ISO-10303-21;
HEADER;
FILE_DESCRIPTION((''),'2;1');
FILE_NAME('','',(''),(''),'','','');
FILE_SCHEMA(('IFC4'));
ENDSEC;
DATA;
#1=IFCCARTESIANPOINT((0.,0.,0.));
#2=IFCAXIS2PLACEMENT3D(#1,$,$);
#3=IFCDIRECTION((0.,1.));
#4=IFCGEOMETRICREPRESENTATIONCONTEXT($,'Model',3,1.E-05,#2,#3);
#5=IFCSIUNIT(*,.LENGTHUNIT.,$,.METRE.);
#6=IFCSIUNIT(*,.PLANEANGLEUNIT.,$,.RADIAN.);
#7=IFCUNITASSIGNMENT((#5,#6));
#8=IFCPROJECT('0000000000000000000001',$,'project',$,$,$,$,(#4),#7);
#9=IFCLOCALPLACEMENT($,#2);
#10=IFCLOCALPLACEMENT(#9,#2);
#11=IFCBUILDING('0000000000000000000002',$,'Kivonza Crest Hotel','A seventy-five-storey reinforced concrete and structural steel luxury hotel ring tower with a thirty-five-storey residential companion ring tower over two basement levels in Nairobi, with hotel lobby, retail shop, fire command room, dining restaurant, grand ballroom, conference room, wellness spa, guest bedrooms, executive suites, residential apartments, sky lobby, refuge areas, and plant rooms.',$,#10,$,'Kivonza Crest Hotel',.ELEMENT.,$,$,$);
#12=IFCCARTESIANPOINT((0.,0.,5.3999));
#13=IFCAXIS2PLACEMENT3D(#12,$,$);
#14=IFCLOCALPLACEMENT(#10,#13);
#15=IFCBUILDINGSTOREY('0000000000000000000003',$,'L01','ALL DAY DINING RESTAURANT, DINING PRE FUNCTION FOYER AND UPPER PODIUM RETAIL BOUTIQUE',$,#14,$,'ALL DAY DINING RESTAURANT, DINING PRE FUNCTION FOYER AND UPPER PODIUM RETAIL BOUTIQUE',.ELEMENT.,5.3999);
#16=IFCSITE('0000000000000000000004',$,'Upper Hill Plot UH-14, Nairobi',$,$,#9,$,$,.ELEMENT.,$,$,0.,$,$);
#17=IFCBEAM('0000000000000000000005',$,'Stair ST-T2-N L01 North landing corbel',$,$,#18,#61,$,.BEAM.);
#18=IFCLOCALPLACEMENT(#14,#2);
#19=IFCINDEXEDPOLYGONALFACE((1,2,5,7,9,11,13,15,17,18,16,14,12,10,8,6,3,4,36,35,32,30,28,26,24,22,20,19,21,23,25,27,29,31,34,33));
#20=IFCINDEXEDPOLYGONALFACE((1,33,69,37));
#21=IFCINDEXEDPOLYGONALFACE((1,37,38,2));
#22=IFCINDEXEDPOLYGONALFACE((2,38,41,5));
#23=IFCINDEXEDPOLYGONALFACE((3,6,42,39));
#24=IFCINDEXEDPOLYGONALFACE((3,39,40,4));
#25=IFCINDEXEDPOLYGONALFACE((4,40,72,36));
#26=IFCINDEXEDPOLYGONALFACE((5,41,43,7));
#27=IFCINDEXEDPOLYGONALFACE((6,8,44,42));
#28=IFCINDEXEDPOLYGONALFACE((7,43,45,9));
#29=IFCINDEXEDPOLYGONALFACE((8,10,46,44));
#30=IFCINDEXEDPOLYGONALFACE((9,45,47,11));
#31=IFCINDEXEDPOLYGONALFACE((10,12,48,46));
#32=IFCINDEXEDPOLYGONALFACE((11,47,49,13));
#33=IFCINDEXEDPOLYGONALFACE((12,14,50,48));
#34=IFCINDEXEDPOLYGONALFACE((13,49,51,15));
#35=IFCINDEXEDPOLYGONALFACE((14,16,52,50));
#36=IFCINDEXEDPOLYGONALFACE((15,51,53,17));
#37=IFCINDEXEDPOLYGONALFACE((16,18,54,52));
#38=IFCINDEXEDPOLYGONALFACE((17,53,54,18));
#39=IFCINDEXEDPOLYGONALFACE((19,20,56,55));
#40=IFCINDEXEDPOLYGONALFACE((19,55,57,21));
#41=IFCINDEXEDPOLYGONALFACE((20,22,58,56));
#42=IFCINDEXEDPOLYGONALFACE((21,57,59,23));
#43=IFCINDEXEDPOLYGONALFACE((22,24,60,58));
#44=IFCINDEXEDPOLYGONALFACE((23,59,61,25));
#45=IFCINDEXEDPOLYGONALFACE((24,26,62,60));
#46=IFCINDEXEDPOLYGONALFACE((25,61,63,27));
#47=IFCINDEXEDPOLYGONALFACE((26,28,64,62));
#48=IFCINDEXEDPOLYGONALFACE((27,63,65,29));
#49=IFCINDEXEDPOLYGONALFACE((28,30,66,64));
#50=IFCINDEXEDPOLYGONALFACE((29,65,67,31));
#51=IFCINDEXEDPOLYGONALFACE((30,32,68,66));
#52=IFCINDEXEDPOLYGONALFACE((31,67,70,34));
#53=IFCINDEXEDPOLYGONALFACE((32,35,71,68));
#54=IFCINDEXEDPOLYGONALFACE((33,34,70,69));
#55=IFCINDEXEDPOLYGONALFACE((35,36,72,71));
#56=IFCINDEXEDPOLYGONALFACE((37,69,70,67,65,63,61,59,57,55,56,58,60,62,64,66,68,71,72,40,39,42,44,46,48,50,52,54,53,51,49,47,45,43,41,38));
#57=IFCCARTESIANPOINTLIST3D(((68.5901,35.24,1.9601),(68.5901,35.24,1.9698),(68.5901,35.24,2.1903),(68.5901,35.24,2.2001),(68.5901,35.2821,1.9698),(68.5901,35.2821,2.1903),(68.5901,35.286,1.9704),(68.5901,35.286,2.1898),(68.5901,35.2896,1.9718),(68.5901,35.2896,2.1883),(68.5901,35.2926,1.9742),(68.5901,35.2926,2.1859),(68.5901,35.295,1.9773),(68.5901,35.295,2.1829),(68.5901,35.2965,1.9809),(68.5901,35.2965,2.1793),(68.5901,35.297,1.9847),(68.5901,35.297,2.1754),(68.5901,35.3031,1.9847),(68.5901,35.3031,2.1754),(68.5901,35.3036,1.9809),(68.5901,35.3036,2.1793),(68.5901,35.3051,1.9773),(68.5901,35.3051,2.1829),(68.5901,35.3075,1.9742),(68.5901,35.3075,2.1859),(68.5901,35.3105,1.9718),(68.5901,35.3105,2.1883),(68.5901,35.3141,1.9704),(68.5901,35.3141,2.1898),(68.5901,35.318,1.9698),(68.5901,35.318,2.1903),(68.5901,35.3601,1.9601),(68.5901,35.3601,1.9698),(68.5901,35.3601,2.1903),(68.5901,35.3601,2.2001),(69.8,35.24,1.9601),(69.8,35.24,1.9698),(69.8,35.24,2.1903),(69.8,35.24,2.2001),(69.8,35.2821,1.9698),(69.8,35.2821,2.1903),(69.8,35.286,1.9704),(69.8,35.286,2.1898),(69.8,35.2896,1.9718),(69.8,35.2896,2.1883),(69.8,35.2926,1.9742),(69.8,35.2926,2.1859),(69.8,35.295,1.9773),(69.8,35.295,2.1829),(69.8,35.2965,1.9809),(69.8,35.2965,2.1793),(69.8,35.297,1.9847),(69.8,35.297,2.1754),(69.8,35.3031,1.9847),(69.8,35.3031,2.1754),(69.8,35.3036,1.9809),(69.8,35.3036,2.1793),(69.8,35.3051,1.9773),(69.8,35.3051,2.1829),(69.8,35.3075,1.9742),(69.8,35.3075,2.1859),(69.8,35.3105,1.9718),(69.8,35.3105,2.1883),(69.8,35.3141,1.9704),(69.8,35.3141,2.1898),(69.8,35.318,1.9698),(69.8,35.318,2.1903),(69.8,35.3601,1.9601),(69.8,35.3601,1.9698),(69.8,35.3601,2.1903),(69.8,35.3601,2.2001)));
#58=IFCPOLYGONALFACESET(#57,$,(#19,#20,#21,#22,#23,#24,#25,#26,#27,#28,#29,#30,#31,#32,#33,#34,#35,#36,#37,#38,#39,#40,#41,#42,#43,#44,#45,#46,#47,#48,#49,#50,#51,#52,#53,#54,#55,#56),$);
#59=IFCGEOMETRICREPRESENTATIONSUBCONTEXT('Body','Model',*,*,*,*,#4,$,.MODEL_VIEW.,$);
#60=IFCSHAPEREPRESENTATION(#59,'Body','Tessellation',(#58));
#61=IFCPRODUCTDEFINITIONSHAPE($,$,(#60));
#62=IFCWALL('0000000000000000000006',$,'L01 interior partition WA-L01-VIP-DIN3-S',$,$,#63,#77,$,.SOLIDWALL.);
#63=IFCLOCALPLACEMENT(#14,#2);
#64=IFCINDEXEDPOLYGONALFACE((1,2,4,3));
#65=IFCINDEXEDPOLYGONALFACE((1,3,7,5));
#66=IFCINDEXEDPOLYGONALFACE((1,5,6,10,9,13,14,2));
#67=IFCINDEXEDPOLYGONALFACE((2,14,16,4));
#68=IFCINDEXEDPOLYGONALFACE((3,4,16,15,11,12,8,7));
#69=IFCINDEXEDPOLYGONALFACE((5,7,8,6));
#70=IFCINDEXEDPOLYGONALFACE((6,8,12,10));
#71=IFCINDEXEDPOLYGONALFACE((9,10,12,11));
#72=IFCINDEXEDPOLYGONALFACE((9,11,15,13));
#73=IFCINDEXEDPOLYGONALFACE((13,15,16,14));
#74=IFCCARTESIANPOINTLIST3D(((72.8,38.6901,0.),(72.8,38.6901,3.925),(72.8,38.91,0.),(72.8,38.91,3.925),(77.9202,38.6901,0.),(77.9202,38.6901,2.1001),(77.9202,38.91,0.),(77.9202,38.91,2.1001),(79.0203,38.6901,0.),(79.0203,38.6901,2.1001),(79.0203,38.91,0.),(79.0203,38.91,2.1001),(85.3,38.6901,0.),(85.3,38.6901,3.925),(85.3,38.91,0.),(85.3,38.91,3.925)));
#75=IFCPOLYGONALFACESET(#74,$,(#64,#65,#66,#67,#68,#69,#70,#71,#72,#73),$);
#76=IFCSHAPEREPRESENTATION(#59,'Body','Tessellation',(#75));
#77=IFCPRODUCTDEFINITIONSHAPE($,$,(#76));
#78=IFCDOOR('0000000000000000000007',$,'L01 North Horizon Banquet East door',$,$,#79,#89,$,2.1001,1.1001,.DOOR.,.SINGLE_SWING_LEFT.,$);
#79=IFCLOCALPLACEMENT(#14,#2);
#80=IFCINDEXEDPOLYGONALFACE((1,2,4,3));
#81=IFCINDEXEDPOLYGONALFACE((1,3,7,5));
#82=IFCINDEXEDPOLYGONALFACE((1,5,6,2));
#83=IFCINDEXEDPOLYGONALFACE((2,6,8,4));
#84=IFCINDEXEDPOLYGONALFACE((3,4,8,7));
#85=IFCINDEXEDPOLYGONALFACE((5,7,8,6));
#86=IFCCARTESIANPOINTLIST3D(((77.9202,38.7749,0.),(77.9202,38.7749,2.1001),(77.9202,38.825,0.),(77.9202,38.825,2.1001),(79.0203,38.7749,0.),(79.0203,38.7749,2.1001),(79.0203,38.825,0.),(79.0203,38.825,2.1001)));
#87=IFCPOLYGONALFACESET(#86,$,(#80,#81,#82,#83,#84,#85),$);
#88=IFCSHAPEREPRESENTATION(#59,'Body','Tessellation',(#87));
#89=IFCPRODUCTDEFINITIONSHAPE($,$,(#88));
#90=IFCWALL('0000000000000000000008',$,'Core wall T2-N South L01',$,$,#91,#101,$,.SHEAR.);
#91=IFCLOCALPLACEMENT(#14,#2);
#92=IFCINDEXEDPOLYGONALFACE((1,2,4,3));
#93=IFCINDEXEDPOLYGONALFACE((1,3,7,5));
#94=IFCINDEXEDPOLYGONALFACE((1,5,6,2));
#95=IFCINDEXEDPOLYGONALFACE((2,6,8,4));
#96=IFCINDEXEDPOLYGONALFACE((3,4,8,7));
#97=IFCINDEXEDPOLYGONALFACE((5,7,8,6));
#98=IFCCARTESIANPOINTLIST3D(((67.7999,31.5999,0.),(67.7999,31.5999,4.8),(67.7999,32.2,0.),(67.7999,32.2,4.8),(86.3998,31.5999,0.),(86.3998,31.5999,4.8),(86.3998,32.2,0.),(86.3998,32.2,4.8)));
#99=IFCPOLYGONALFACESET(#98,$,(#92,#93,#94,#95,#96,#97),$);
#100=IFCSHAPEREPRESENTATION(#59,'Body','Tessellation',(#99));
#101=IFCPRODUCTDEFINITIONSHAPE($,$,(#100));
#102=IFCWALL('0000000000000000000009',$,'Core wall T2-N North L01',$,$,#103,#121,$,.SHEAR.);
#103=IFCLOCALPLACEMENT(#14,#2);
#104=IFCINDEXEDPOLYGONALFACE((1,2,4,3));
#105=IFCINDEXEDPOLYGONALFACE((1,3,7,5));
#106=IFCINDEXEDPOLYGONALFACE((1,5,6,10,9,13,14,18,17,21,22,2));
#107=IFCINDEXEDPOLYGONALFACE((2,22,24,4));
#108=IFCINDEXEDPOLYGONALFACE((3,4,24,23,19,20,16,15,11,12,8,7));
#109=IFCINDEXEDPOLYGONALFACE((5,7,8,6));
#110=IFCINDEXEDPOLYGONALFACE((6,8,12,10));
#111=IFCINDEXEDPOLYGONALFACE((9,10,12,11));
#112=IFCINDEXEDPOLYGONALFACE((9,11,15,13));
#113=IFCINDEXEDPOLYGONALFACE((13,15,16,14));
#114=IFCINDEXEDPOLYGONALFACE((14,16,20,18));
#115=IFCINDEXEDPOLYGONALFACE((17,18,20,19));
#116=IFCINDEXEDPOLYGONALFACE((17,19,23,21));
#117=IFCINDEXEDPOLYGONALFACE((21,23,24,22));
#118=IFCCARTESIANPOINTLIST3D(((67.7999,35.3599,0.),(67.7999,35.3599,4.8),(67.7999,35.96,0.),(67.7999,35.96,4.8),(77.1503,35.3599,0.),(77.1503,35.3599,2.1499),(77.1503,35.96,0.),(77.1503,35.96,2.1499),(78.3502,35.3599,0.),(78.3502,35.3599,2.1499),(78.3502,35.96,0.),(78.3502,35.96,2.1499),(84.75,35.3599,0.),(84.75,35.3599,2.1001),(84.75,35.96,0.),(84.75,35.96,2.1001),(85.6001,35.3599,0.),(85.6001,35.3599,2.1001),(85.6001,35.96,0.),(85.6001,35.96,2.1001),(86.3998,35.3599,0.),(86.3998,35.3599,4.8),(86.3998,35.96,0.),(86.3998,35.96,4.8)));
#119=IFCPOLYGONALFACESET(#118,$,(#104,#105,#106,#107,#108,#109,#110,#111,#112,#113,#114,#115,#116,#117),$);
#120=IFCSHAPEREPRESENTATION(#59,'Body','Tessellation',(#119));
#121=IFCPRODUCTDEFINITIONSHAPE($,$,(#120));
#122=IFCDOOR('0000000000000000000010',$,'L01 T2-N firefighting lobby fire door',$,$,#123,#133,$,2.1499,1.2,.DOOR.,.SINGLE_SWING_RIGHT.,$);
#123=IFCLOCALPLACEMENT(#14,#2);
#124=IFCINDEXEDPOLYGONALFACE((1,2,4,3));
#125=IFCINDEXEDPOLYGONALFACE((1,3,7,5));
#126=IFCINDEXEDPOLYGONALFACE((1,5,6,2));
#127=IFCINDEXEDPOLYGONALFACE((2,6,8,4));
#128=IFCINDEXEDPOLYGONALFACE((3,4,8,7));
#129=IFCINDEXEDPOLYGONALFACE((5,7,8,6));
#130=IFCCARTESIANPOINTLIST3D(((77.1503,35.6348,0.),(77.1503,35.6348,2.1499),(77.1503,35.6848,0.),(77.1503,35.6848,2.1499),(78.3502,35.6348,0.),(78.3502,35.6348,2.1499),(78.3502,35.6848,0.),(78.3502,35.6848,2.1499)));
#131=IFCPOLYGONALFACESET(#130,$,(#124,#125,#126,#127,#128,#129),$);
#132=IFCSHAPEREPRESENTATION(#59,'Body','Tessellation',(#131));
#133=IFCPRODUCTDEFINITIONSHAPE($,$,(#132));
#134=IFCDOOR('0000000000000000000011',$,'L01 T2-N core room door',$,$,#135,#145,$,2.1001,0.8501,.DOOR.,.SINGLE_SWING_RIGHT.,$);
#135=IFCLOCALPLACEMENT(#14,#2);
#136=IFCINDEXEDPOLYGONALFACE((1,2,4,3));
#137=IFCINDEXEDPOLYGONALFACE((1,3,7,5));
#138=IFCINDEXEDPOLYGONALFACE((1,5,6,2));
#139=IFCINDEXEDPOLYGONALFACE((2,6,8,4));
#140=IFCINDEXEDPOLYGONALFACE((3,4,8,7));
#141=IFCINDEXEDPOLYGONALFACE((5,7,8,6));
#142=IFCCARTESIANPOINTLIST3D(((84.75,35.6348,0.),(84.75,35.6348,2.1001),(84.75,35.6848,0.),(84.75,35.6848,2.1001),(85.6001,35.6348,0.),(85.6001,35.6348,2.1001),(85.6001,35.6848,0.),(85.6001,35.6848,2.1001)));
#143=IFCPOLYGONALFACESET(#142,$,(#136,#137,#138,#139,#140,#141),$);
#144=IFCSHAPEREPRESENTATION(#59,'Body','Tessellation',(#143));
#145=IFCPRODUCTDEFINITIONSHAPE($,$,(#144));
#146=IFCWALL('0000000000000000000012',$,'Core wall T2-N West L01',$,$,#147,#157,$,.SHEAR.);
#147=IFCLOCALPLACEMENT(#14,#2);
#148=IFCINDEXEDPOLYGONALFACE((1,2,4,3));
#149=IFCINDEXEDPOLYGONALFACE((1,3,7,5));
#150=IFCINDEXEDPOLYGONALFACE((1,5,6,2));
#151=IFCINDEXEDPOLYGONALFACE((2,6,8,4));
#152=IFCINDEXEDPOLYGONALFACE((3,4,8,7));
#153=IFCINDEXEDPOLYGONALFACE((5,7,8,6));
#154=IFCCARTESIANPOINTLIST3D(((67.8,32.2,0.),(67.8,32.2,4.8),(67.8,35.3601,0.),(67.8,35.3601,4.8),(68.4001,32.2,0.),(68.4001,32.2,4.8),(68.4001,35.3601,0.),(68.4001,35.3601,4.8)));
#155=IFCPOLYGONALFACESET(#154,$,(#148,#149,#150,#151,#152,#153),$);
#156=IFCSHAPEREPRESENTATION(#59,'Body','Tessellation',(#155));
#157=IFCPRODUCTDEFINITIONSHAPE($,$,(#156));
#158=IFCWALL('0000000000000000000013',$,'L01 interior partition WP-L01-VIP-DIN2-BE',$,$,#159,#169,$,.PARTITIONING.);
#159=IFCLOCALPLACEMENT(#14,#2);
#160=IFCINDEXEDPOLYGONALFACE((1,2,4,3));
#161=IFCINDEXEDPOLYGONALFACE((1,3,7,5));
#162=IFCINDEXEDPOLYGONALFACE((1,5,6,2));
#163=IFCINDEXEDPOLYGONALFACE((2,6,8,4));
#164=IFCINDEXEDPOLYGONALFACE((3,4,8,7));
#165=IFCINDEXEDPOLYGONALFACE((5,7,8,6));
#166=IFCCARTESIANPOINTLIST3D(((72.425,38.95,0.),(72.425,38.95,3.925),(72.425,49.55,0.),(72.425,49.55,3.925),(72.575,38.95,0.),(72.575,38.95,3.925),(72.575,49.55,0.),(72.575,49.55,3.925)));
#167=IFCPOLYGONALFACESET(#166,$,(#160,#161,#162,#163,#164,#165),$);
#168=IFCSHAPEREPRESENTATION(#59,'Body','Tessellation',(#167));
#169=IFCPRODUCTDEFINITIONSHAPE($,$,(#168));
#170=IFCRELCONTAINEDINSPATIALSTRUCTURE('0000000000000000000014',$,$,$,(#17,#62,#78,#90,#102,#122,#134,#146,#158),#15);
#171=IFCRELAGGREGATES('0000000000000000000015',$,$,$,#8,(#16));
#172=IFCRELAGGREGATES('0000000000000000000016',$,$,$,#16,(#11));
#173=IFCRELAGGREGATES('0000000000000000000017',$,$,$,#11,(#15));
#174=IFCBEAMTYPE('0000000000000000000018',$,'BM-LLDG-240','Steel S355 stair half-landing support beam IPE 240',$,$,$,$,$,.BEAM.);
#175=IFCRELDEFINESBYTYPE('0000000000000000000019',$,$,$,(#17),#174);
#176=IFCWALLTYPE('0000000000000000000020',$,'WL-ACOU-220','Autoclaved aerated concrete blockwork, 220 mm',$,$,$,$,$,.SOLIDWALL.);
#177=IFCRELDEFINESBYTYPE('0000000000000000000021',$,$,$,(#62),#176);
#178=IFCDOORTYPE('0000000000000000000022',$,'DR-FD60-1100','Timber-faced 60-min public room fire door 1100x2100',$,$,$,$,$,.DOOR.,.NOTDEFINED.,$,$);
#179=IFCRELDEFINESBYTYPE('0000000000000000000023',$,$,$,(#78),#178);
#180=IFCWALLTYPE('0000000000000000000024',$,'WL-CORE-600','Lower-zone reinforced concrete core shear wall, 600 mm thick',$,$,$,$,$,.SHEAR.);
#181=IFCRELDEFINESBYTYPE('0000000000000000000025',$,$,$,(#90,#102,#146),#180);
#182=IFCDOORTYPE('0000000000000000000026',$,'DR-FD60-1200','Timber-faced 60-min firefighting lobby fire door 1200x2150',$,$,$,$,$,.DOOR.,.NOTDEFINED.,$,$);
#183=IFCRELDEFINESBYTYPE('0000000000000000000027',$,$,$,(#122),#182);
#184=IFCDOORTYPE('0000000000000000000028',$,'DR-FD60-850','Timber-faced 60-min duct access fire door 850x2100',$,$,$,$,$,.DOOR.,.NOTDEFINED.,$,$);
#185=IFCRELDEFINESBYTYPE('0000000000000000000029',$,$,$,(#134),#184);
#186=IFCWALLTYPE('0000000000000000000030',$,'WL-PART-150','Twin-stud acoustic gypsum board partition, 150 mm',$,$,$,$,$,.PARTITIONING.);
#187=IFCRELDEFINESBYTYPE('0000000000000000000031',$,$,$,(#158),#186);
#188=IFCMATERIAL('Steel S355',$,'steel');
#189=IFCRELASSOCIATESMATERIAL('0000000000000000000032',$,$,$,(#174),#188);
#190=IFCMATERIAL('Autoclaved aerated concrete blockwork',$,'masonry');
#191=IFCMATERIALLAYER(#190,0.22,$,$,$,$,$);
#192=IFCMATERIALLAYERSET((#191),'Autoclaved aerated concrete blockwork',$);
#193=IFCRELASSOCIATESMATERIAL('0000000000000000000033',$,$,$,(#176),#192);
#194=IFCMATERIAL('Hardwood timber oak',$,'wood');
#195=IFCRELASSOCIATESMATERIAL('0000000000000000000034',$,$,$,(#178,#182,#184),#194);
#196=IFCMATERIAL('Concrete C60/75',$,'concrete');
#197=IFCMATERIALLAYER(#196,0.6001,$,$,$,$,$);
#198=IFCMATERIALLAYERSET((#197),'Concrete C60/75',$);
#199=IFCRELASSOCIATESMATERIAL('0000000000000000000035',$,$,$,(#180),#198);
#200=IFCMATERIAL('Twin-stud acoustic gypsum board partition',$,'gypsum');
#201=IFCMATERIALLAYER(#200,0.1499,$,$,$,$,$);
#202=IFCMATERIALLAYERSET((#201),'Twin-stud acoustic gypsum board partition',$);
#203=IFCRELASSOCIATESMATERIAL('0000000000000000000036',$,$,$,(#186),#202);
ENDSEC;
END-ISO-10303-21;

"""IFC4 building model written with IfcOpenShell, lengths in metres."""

from ifc_helpers import new_model, si_unit, direction, frame, frame_2d, origin, origin_2d, place, context, subcontext, project, spatial, rectangle, i_section, extrude, material, layer, layer_set, material_profile, profile_set, type_object, element, fill, save


model = new_model("IFC4")

# Units and contexts
model_context = context("Model", 3, precision=1e-05, world=origin(), true_north=direction((0.0, 1.0)))
body_context = subcontext(model_context, "Body", "Model", "MODEL_VIEW")
ifc_project = project(units=[si_unit("LENGTHUNIT", "METRE"), si_unit("PLANEANGLEUNIT", "RADIAN")], contexts=[model_context])

# Site, building, storey
site_placement = place(None, origin())
site = spatial("IfcSite", under=ifc_project, at=site_placement, Name="Upper Hill Plot UH-14, Nairobi", CompositionType="ELEMENT", RefElevation=0.0)
building_placement = place(site_placement, origin())
building = spatial("IfcBuilding", under=site, at=building_placement, Name="Kivonza Crest Hotel", Description="A seventy-five-storey reinforced concrete and structural steel luxury hotel ring tower with a thirty-five-storey residential companion ring tower over two basement levels in Nairobi, with hotel lobby, retail shop, fire command room, dining restaurant, grand ballroom, conference room, wellness spa, guest bedrooms, executive suites, residential apartments, sky lobby, refuge areas, and plant rooms.", LongName="Kivonza Crest Hotel", CompositionType="ELEMENT")
storey_placement = place(building_placement, frame((0.0, 0.0, 5.3999)))
storey = spatial("IfcBuildingStorey", under=building, at=storey_placement, Name="L01", Description="ALL DAY DINING RESTAURANT, DINING PRE FUNCTION FOYER AND UPPER PODIUM RETAIL BOUTIQUE", LongName="ALL DAY DINING RESTAURANT, DINING PRE FUNCTION FOYER AND UPPER PODIUM RETAIL BOUTIQUE", CompositionType="ELEMENT", Elevation=5.3999)

# Shared definitions
ifc_material_1 = material(Name="Concrete C60/75", Category="concrete")

# Beam
ifc_material_2 = material(Name="Steel S355", Category="steel")
ifc_material_profile_1 = material_profile(ifc_material_2, i_section(OverallWidth=0.1201, OverallDepth=0.24, WebThickness=0.0061, FlangeThickness=0.0098, FilletRadius=0.0149, at=origin_2d()), Name="IPE 240")
ifc_profile_set_1 = profile_set([ifc_material_profile_1], Name="Steel S355")
beam_type_1 = type_object("IfcBeamType", Name="BM-LLDG-240", Description="Steel S355 stair half-landing support beam IPE 240", PredefinedType="BEAM", material=ifc_profile_set_1)
for number, where, z_axis, x_axis, name in (
    (1, (68.5901, 35.3, 2.0801), (1.0, 0.0, 0.0), (0.0, 1.0, 0.0), "Stair ST-T2-N L01 North landing corbel"),
):
    element("IfcBeam", number, at=place(storey_placement, frame(where, z_axis=z_axis, x_axis=x_axis)), inside=storey, type_object=beam_type_1, Name=name, PredefinedType="BEAM", context=body_context, shape_type="SweptSolid", body=[
        extrude(i_section(OverallWidth=0.1201, OverallDepth=0.24, WebThickness=0.0061, FlangeThickness=0.0098, FilletRadius=0.0149, at=origin_2d()), origin(), (0.0, 0.0, 1.0), 1.21),
    ])

# Wall, opening, door
ifc_material_3 = material(Name="Autoclaved aerated concrete blockwork", Category="masonry")
ifc_layer_1 = layer(ifc_material_3, 0.22)
ifc_layer_set_1 = layer_set([ifc_layer_1], Name="Autoclaved aerated concrete blockwork")
wall_type_1 = type_object("IfcWallType", Name="WL-ACOU-220", Description="Autoclaved aerated concrete blockwork, 220 mm", PredefinedType="SOLIDWALL", material=ifc_layer_set_1)
wall_1_placement = place(storey_placement, frame((72.8, 38.8, 0.0), z_axis=(0.0, 0.0, 1.0), x_axis=(1.0, 0.0, 0.0)))
wall_1 = element("IfcWall", 2, at=wall_1_placement, inside=storey, type_object=wall_type_1, Name="L01 interior partition WA-L01-VIP-DIN3-S", PredefinedType="SOLIDWALL", context=body_context, shape_type="SweptSolid", body=[
    extrude(rectangle(XDim=12.5, YDim=0.22, at=frame_2d((6.25, 0.0))), origin(), (0.0, 0.0, 1.0), 3.925),
])
opening_1_placement = place(wall_1_placement, frame((5.1201, 0.0, 0.0)))
opening_1 = element("IfcOpeningElement", 3, at=opening_1_placement, cuts=wall_1, PredefinedType="OPENING", context=body_context, shape_type="SweptSolid", body=[
    extrude(rectangle(XDim=1.1001, YDim=2.1001, at=frame_2d((0.55, 1.05))), frame((0.0, 0.1201, 0.0), z_axis=(0.0, -1.0, 0.0), x_axis=(1.0, 0.0, 0.0)), (0.0, 0.0, 1.0), 0.24),
])
ifc_material_4 = material(Name="Hardwood timber oak", Category="wood")
door_type_1 = type_object("IfcDoorType", Name="DR-FD60-1100", Description="Timber-faced 60-min public room fire door 1100x2100", OperationType="NOTDEFINED", PredefinedType="DOOR", material=ifc_material_4)
door_1_placement = place(opening_1_placement, origin())
door_1 = element("IfcDoor", 4, at=door_1_placement, inside=storey, type_object=door_type_1, Name="L01 North Horizon Banquet East door", OperationType="SINGLE_SWING_LEFT", OverallHeight=2.1001, OverallWidth=1.1001, PredefinedType="DOOR", context=body_context, shape_type="SweptSolid", body=[
    extrude(rectangle(XDim=1.1001, YDim=2.1001, at=frame_2d((0.55, 1.05))), frame((0.0, 0.0249, 0.0), z_axis=(0.0, -1.0, 0.0), x_axis=(1.0, 0.0, 0.0)), (0.0, 0.0, 1.0), 0.05),
])
fill(opening_1, door_1)

# Wall
ifc_layer_2 = layer(ifc_material_1, 0.6001)
ifc_layer_set_2 = layer_set([ifc_layer_2], Name="Concrete C60/75")
wall_type_2 = type_object("IfcWallType", Name="WL-CORE-600", Description="Lower-zone reinforced concrete core shear wall, 600 mm thick", PredefinedType="SHEAR", material=ifc_layer_set_2)
wall_2_placement = place(storey_placement, frame((67.8, 31.8999, 0.0), z_axis=(0.0, 0.0, 1.0), x_axis=(1.0, 0.0, 0.0)))
element("IfcWall", 5, at=wall_2_placement, inside=storey, type_object=wall_type_2, Name="Core wall T2-N South L01", PredefinedType="SHEAR", context=body_context, shape_type="SweptSolid", body=[
    extrude(rectangle(XDim=18.5999, YDim=0.6001, at=frame_2d((9.2998, 0.0))), origin(), (0.0, 0.0, 1.0), 4.8),
])

# Wall, openings, doors
wall_3_placement = place(storey_placement, frame((67.8, 35.6599, 0.0), z_axis=(0.0, 0.0, 1.0), x_axis=(1.0, 0.0, 0.0)))
wall_3 = element("IfcWall", 6, at=wall_3_placement, inside=storey, type_object=wall_type_2, Name="Core wall T2-N North L01", PredefinedType="SHEAR", context=body_context, shape_type="SweptSolid", body=[
    extrude(rectangle(XDim=18.5999, YDim=0.6001, at=frame_2d((9.2998, 0.0))), origin(), (0.0, 0.0, 1.0), 4.8),
])
opening_2_placement = place(wall_3_placement, frame((9.3501, 0.0, 0.0)))
opening_2 = element("IfcOpeningElement", 7, at=opening_2_placement, cuts=wall_3, PredefinedType="OPENING", context=body_context, shape_type="SweptSolid", body=[
    extrude(rectangle(XDim=1.2, YDim=2.1499, at=frame_2d((0.6001, 1.075))), frame((0.0, 0.3101, 0.0), z_axis=(0.0, -1.0, 0.0), x_axis=(1.0, 0.0, 0.0)), (0.0, 0.0, 1.0), 0.6201),
])
opening_3_placement = place(wall_3_placement, frame((16.95, 0.0, 0.0)))
opening_3 = element("IfcOpeningElement", 8, at=opening_3_placement, cuts=wall_3, PredefinedType="OPENING", context=body_context, shape_type="SweptSolid", body=[
    extrude(rectangle(XDim=0.8501, YDim=2.1001, at=frame_2d((0.425, 1.05))), frame((0.0, 0.3101, 0.0), z_axis=(0.0, -1.0, 0.0), x_axis=(1.0, 0.0, 0.0)), (0.0, 0.0, 1.0), 0.6201),
])
door_type_2 = type_object("IfcDoorType", Name="DR-FD60-1200", Description="Timber-faced 60-min firefighting lobby fire door 1200x2150", OperationType="NOTDEFINED", PredefinedType="DOOR", material=ifc_material_4)
door_2_placement = place(opening_2_placement, origin())
door_2 = element("IfcDoor", 9, at=door_2_placement, inside=storey, type_object=door_type_2, Name="L01 T2-N firefighting lobby fire door", OperationType="SINGLE_SWING_RIGHT", OverallHeight=2.1499, OverallWidth=1.2, PredefinedType="DOOR", context=body_context, shape_type="SweptSolid", body=[
    extrude(rectangle(XDim=1.2, YDim=2.1499, at=frame_2d((0.6001, 1.075))), frame((0.0, 0.0249, 0.0), z_axis=(0.0, -1.0, 0.0), x_axis=(1.0, 0.0, 0.0)), (0.0, 0.0, 1.0), 0.05),
])
fill(opening_2, door_2)
door_type_3 = type_object("IfcDoorType", Name="DR-FD60-850", Description="Timber-faced 60-min duct access fire door 850x2100", OperationType="NOTDEFINED", PredefinedType="DOOR", material=ifc_material_4)
door_3_placement = place(opening_3_placement, origin())
door_3 = element("IfcDoor", 10, at=door_3_placement, inside=storey, type_object=door_type_3, Name="L01 T2-N core room door", OperationType="SINGLE_SWING_RIGHT", OverallHeight=2.1001, OverallWidth=0.8501, PredefinedType="DOOR", context=body_context, shape_type="SweptSolid", body=[
    extrude(rectangle(XDim=0.8501, YDim=2.1001, at=frame_2d((0.425, 1.05))), frame((0.0, 0.0249, 0.0), z_axis=(0.0, -1.0, 0.0), x_axis=(1.0, 0.0, 0.0)), (0.0, 0.0, 1.0), 0.05),
])
fill(opening_3, door_3)

# Walls
wall_4_placement = place(storey_placement, frame((68.1001, 32.2, 0.0), z_axis=(0.0, 0.0, 1.0), x_axis=(0.0, 1.0, 0.0)))
element("IfcWall", 11, at=wall_4_placement, inside=storey, type_object=wall_type_2, Name="Core wall T2-N West L01", PredefinedType="SHEAR", context=body_context, shape_type="SweptSolid", body=[
    extrude(rectangle(XDim=3.1602, YDim=0.6001, at=frame_2d((1.5801, 0.0))), origin(), (0.0, 0.0, 1.0), 4.8),
])
ifc_material_5 = material(Name="Twin-stud acoustic gypsum board partition", Category="gypsum")
ifc_layer_3 = layer(ifc_material_5, 0.1499)
ifc_layer_set_3 = layer_set([ifc_layer_3], Name="Twin-stud acoustic gypsum board partition")
wall_type_3 = type_object("IfcWallType", Name="WL-PART-150", Description="Twin-stud acoustic gypsum board partition, 150 mm", PredefinedType="PARTITIONING", material=ifc_layer_set_3)
wall_5_placement = place(storey_placement, frame((72.5, 38.95, 0.0), z_axis=(0.0, 0.0, 1.0), x_axis=(0.0, 1.0, 0.0)))
element("IfcWall", 12, at=wall_5_placement, inside=storey, type_object=wall_type_3, Name="L01 interior partition WP-L01-VIP-DIN2-BE", PredefinedType="PARTITIONING", context=body_context, shape_type="SweptSolid", body=[
    extrude(rectangle(XDim=10.6001, YDim=0.1499, at=frame_2d((5.3, 0.0))), origin(), (0.0, 0.0, 1.0), 3.925),
])

save(model, "model.ifc")
